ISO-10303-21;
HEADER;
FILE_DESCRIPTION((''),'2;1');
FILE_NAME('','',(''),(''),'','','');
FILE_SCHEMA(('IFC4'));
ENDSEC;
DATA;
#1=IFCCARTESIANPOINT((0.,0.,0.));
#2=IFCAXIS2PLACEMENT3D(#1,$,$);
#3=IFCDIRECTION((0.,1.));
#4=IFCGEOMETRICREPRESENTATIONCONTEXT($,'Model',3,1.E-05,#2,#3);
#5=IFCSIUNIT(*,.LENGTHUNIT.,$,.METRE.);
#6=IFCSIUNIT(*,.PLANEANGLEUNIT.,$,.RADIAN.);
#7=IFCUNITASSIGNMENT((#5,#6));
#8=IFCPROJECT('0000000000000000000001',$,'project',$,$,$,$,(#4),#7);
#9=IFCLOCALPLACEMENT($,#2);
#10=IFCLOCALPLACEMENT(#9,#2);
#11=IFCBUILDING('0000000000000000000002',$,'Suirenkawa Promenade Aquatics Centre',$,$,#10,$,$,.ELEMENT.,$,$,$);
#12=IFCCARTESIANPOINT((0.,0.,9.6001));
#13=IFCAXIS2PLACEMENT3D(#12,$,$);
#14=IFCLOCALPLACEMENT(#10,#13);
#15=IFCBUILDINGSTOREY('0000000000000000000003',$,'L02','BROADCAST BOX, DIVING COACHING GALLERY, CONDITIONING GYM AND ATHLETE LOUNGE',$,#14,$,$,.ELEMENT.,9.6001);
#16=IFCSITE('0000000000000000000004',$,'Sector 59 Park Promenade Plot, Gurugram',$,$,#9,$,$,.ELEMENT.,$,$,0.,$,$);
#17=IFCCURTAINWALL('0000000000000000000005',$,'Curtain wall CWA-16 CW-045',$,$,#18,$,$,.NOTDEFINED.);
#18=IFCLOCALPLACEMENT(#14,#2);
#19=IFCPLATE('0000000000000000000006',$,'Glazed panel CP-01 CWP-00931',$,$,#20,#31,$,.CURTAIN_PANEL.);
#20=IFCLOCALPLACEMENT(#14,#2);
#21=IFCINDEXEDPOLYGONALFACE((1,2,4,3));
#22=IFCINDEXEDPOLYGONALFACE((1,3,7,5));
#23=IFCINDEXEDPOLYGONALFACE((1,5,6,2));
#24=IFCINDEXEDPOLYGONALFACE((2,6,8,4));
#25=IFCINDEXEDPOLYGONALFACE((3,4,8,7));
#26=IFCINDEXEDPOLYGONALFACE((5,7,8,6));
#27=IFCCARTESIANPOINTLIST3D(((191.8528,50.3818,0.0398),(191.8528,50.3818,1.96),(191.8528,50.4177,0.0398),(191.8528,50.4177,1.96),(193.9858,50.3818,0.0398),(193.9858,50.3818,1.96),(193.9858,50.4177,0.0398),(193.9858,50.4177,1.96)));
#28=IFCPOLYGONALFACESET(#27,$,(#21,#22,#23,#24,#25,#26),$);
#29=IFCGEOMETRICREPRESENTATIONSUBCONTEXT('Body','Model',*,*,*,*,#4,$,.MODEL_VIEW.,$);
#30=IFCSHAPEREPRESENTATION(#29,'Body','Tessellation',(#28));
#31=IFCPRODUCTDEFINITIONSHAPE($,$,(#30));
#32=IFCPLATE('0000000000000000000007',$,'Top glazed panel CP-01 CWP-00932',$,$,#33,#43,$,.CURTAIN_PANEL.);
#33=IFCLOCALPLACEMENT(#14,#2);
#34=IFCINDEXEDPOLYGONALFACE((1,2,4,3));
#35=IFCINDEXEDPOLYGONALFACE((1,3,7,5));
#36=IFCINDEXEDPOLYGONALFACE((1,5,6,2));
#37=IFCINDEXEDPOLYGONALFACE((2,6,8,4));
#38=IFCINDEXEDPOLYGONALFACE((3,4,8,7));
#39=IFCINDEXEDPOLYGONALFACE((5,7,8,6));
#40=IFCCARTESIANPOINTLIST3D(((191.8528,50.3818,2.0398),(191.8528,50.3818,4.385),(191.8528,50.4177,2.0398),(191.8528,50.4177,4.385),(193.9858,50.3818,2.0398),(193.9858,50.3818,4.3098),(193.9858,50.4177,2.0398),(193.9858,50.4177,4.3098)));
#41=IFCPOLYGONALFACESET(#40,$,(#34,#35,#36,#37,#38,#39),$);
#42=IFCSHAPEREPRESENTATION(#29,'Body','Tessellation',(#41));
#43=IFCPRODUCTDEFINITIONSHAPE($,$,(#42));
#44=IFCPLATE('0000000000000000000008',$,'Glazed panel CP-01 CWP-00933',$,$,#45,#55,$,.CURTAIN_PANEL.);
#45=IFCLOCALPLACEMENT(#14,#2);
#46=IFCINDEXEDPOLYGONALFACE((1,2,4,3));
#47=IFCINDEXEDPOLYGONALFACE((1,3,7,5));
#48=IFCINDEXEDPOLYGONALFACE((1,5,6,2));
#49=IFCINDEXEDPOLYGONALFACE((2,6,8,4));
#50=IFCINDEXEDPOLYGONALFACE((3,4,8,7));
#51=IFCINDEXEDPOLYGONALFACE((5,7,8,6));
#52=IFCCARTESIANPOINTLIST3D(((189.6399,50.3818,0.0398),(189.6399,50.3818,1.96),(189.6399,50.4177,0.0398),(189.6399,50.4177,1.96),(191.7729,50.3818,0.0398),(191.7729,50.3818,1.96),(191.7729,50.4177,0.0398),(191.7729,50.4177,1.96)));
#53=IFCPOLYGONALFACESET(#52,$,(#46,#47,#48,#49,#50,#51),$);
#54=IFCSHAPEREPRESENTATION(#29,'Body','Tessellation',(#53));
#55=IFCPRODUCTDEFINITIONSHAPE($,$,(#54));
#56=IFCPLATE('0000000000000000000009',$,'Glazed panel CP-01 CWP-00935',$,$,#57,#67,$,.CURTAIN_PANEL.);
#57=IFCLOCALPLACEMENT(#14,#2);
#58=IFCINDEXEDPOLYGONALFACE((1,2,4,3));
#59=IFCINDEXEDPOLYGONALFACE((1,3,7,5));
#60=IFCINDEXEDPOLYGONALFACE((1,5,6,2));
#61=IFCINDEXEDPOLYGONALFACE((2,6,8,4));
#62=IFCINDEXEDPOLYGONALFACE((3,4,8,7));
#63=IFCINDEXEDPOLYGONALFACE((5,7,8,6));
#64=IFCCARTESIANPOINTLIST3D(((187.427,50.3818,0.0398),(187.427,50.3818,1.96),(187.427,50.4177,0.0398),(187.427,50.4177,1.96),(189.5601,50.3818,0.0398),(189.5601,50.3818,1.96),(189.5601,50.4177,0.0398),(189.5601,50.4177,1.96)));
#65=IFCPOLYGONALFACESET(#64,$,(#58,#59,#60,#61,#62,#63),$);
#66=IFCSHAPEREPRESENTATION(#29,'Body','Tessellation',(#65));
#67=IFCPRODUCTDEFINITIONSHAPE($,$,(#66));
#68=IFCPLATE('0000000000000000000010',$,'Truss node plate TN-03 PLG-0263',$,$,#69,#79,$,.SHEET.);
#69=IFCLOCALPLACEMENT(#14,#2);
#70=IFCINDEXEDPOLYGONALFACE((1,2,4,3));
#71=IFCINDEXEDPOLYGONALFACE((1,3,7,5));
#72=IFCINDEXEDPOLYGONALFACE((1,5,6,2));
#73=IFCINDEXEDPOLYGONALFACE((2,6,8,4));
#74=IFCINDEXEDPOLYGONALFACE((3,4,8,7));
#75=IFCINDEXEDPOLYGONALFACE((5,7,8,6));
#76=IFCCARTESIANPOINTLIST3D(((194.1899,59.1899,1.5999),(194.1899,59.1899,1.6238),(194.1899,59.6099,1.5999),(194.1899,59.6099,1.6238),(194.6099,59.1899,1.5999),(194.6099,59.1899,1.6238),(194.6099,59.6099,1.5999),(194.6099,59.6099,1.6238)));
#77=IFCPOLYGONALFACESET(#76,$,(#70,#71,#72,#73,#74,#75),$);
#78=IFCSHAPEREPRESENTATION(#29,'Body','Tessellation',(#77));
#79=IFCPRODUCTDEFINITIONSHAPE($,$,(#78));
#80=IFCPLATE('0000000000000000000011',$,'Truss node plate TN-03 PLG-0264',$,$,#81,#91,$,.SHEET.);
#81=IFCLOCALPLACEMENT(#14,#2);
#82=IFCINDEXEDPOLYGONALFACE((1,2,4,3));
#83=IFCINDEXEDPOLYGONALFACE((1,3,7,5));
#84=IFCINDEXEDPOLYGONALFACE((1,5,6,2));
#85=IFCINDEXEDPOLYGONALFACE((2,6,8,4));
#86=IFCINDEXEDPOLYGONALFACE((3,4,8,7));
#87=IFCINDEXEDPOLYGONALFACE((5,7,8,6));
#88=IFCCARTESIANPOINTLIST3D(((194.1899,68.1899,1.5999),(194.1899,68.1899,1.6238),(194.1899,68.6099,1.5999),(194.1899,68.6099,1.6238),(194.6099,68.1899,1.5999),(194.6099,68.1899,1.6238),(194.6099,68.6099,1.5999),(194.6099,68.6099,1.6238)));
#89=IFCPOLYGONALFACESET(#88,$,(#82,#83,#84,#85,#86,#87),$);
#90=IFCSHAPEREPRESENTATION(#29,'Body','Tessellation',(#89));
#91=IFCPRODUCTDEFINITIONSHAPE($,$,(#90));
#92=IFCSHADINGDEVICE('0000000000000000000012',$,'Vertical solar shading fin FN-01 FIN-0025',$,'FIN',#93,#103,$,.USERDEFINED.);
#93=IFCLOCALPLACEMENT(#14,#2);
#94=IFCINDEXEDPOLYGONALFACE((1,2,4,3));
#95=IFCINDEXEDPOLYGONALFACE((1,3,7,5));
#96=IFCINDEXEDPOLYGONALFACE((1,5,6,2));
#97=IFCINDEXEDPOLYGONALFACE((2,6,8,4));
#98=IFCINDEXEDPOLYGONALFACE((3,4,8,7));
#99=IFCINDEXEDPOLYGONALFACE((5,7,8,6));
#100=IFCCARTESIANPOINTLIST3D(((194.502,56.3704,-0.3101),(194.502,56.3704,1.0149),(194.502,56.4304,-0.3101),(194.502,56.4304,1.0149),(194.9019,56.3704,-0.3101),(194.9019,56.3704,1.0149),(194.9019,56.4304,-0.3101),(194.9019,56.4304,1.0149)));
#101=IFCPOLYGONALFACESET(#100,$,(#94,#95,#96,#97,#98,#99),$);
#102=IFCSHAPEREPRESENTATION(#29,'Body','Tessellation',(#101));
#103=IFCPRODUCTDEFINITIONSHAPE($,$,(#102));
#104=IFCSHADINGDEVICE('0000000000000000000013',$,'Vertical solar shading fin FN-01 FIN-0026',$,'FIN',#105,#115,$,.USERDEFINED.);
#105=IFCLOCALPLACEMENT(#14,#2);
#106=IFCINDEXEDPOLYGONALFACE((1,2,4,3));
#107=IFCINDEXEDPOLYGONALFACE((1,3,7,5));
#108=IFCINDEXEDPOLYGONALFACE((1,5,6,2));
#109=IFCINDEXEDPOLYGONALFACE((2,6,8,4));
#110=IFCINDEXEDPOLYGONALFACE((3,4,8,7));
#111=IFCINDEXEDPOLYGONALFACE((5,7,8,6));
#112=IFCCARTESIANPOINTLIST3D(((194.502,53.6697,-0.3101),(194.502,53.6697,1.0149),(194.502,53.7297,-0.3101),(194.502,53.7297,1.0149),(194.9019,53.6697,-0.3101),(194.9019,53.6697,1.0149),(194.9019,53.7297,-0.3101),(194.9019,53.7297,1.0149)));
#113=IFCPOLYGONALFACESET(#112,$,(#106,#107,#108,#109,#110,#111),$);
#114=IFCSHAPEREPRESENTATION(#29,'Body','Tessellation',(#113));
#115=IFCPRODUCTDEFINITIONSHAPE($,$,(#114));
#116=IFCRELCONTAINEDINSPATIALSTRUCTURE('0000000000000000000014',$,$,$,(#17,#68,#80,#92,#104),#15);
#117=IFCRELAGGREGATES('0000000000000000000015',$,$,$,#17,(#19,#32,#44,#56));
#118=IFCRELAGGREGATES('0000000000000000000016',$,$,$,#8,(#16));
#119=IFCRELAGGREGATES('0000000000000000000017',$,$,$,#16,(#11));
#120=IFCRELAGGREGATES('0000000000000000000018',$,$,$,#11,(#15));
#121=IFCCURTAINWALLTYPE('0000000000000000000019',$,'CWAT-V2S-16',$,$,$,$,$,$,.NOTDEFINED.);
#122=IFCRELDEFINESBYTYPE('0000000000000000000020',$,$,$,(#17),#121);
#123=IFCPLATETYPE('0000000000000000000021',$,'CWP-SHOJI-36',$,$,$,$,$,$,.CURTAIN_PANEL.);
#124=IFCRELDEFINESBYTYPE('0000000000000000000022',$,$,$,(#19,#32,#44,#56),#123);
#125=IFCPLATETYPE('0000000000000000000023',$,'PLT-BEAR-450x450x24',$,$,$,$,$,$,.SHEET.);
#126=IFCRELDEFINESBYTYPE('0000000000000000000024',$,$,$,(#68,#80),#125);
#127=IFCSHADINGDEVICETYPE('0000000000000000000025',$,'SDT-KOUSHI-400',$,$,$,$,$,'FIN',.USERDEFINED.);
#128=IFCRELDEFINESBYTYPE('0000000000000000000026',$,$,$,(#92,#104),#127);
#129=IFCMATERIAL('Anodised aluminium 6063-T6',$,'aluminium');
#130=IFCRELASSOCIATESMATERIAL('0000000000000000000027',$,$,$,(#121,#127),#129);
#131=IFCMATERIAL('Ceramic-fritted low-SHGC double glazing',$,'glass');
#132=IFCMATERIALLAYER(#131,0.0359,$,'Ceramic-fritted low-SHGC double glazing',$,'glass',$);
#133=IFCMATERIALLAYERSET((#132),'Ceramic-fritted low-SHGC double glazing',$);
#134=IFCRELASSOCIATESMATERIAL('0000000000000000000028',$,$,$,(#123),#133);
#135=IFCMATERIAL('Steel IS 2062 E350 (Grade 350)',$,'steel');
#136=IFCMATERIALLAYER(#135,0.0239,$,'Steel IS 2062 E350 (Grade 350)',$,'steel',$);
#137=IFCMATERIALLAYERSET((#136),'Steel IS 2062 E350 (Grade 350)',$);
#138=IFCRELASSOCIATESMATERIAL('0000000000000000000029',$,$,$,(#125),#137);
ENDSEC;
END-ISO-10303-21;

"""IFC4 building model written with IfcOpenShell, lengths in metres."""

from ifc_helpers import new_model, si_unit, direction, frame, origin, origin_2d, place, context, subcontext, project, spatial, polyline, rectangle, outline, extrude, material, layer, layer_set, type_object, element, aggregate, save


model = new_model("IFC4")

# Units and contexts
model_context = context("Model", 3, precision=1e-05, world=origin(), true_north=direction((0.0, 1.0)))
body_context = subcontext(model_context, "Body", "Model", "MODEL_VIEW")
ifc_project = project(units=[si_unit("LENGTHUNIT", "METRE"), si_unit("PLANEANGLEUNIT", "RADIAN")], contexts=[model_context])

# Site, building, storey
site_placement = place(None, origin())
site = spatial("IfcSite", under=ifc_project, at=site_placement, Name="Sector 59 Park Promenade Plot, Gurugram", CompositionType="ELEMENT", RefElevation=0.0)
building_placement = place(site_placement, origin())
building = spatial("IfcBuilding", under=site, at=building_placement, Name="Suirenkawa Promenade Aquatics Centre", CompositionType="ELEMENT")
storey_placement = place(building_placement, frame((0.0, 0.0, 9.6001)))
storey = spatial("IfcBuildingStorey", under=building, at=storey_placement, Name="L02", Description="BROADCAST BOX, DIVING COACHING GALLERY, CONDITIONING GYM AND ATHLETE LOUNGE", CompositionType="ELEMENT", Elevation=9.6001)

# Shared definitions
ifc_material_1 = material(Name="Steel IS 2062 E350 (Grade 350)", Category="steel")

# Curtain wall
ifc_material_2 = material(Name="Anodised aluminium 6063-T6", Category="aluminium")
curtain_wall_type_1 = type_object("IfcCurtainWallType", Name="CWAT-V2S-16", PredefinedType="NOTDEFINED", material=ifc_material_2)
curtain_wall_1_placement = place(storey_placement, origin())
curtain_wall_1 = element("IfcCurtainWall", 1, at=curtain_wall_1_placement, inside=storey, type_object=curtain_wall_type_1, Name="Curtain wall CWA-16 CW-045", PredefinedType="NOTDEFINED")

# Plates
ifc_material_3 = material(Name="Ceramic-fritted low-SHGC double glazing", Category="glass")
ifc_layer_1 = layer(ifc_material_3, 0.0359, Name="Ceramic-fritted low-SHGC double glazing", Category="glass")
ifc_layer_set_1 = layer_set([ifc_layer_1], Name="Ceramic-fritted low-SHGC double glazing")
plate_type_1 = type_object("IfcPlateType", Name="CWP-SHOJI-36", PredefinedType="CURTAIN_PANEL", material=ifc_layer_set_1)
plate_1_placement = place(storey_placement, frame((194.0259, 50.3999, 0.0398), z_axis=(0.0, 0.0, 1.0), x_axis=(-1.0, 0.0, 0.0)))
plate_1 = element("IfcPlate", 2, at=plate_1_placement, type_object=plate_type_1, Name="Glazed panel CP-01 CWP-00931", PredefinedType="CURTAIN_PANEL", context=body_context, shape_type="SweptSolid", body=[
    extrude(outline(polyline([(0.04, 0.0), (2.1731, 0.0), (2.1731, 1.9202), (0.04, 1.9202), (0.04, 0.0)])), frame((0.0, 0.0181, 0.0), z_axis=(0.0, -1.0, 0.0), x_axis=(1.0, 0.0, 0.0)), (0.0, 0.0, 1.0), 0.0359),
])
plate_2_placement = place(storey_placement, frame((194.0259, 50.3999, 2.0398), z_axis=(0.0, 0.0, 1.0), x_axis=(-1.0, 0.0, 0.0)))
plate_2 = element("IfcPlate", 3, at=plate_2_placement, type_object=plate_type_1, Name="Top glazed panel CP-01 CWP-00932", PredefinedType="CURTAIN_PANEL", context=body_context, shape_type="SweptSolid", body=[
    extrude(outline(polyline([(0.04, 0.0), (2.1731, 0.0), (2.1731, 2.3452), (0.04, 2.27), (0.04, 0.0)])), frame((0.0, 0.0181, 0.0), z_axis=(0.0, -1.0, 0.0), x_axis=(1.0, 0.0, 0.0)), (0.0, 0.0, 1.0), 0.0359),
])
plate_3_placement = place(storey_placement, frame((191.813, 50.3999, 0.0398), z_axis=(0.0, 0.0, 1.0), x_axis=(-1.0, 0.0, 0.0)))
plate_3 = element("IfcPlate", 4, at=plate_3_placement, type_object=plate_type_1, Name="Glazed panel CP-01 CWP-00933", PredefinedType="CURTAIN_PANEL", context=body_context, shape_type="SweptSolid", body=[
    extrude(outline(polyline([(0.04, 0.0), (2.1731, 0.0), (2.1731, 1.9202), (0.04, 1.9202), (0.04, 0.0)])), frame((0.0, 0.0181, 0.0), z_axis=(0.0, -1.0, 0.0), x_axis=(1.0, 0.0, 0.0)), (0.0, 0.0, 1.0), 0.0359),
])
plate_4_placement = place(storey_placement, frame((189.6001, 50.3999, 0.0398), z_axis=(0.0, 0.0, 1.0), x_axis=(-1.0, 0.0, 0.0)))
plate_4 = element("IfcPlate", 5, at=plate_4_placement, type_object=plate_type_1, Name="Glazed panel CP-01 CWP-00935", PredefinedType="CURTAIN_PANEL", context=body_context, shape_type="SweptSolid", body=[
    extrude(outline(polyline([(0.04, 0.0), (2.1731, 0.0), (2.1731, 1.9202), (0.04, 1.9202), (0.04, 0.0)])), frame((0.0, 0.0181, 0.0), z_axis=(0.0, -1.0, 0.0), x_axis=(1.0, 0.0, 0.0)), (0.0, 0.0, 1.0), 0.0359),
])
aggregate(curtain_wall_1, [plate_1, plate_2, plate_3, plate_4])

# Plates
ifc_layer_2 = layer(ifc_material_1, 0.0239, Name="Steel IS 2062 E350 (Grade 350)", Category="steel")
ifc_layer_set_2 = layer_set([ifc_layer_2], Name="Steel IS 2062 E350 (Grade 350)")
plate_type_2 = type_object("IfcPlateType", Name="PLT-BEAR-450x450x24", PredefinedType="SHEET", material=ifc_layer_set_2)
for number, where, z_axis, x_axis, name in (
    (6, (194.3999, 59.3999, 1.5999), (0.0, 0.0, 1.0), (1.0, 0.0, 0.0), "Truss node plate TN-03 PLG-0263"),
    (7, (194.3999, 68.3999, 1.5999), (0.0, 0.0, 1.0), (1.0, 0.0, 0.0), "Truss node plate TN-03 PLG-0264"),
):
    element("IfcPlate", number, at=place(storey_placement, frame(where, z_axis=z_axis, x_axis=x_axis)), inside=storey, type_object=plate_type_2, Name=name, PredefinedType="SHEET", context=body_context, shape_type="SweptSolid", body=[
        extrude(rectangle(XDim=0.4199, YDim=0.4199, at=origin_2d()), origin(), (0.0, 0.0, 1.0), 0.0239),
    ])

# Shading devices
shading_device_type = type_object("IfcShadingDeviceType", Name="SDT-KOUSHI-400", ElementType="FIN", PredefinedType="USERDEFINED", material=ifc_material_2)
for number, where, z_axis, x_axis, name in (
    (8, (194.7019, 56.4004, -0.3101), (0.0, 0.0, 1.0), (1.0, 0.0, 0.0), "Vertical solar shading fin FN-01 FIN-0025"),
    (9, (194.7019, 53.6997, -0.3101), (0.0, 0.0, 1.0), (1.0, 0.0, 0.0), "Vertical solar shading fin FN-01 FIN-0026"),
):
    element("IfcShadingDevice", number, at=place(storey_placement, frame(where, z_axis=z_axis, x_axis=x_axis)), inside=storey, type_object=shading_device_type, Name=name, ObjectType="FIN", PredefinedType="USERDEFINED", context=body_context, shape_type="SweptSolid", body=[
        extrude(rectangle(XDim=0.3999, YDim=0.0601, at=origin_2d()), origin(), (0.0, 0.0, 1.0), 1.325),
    ])

save(model, "model.ifc")
